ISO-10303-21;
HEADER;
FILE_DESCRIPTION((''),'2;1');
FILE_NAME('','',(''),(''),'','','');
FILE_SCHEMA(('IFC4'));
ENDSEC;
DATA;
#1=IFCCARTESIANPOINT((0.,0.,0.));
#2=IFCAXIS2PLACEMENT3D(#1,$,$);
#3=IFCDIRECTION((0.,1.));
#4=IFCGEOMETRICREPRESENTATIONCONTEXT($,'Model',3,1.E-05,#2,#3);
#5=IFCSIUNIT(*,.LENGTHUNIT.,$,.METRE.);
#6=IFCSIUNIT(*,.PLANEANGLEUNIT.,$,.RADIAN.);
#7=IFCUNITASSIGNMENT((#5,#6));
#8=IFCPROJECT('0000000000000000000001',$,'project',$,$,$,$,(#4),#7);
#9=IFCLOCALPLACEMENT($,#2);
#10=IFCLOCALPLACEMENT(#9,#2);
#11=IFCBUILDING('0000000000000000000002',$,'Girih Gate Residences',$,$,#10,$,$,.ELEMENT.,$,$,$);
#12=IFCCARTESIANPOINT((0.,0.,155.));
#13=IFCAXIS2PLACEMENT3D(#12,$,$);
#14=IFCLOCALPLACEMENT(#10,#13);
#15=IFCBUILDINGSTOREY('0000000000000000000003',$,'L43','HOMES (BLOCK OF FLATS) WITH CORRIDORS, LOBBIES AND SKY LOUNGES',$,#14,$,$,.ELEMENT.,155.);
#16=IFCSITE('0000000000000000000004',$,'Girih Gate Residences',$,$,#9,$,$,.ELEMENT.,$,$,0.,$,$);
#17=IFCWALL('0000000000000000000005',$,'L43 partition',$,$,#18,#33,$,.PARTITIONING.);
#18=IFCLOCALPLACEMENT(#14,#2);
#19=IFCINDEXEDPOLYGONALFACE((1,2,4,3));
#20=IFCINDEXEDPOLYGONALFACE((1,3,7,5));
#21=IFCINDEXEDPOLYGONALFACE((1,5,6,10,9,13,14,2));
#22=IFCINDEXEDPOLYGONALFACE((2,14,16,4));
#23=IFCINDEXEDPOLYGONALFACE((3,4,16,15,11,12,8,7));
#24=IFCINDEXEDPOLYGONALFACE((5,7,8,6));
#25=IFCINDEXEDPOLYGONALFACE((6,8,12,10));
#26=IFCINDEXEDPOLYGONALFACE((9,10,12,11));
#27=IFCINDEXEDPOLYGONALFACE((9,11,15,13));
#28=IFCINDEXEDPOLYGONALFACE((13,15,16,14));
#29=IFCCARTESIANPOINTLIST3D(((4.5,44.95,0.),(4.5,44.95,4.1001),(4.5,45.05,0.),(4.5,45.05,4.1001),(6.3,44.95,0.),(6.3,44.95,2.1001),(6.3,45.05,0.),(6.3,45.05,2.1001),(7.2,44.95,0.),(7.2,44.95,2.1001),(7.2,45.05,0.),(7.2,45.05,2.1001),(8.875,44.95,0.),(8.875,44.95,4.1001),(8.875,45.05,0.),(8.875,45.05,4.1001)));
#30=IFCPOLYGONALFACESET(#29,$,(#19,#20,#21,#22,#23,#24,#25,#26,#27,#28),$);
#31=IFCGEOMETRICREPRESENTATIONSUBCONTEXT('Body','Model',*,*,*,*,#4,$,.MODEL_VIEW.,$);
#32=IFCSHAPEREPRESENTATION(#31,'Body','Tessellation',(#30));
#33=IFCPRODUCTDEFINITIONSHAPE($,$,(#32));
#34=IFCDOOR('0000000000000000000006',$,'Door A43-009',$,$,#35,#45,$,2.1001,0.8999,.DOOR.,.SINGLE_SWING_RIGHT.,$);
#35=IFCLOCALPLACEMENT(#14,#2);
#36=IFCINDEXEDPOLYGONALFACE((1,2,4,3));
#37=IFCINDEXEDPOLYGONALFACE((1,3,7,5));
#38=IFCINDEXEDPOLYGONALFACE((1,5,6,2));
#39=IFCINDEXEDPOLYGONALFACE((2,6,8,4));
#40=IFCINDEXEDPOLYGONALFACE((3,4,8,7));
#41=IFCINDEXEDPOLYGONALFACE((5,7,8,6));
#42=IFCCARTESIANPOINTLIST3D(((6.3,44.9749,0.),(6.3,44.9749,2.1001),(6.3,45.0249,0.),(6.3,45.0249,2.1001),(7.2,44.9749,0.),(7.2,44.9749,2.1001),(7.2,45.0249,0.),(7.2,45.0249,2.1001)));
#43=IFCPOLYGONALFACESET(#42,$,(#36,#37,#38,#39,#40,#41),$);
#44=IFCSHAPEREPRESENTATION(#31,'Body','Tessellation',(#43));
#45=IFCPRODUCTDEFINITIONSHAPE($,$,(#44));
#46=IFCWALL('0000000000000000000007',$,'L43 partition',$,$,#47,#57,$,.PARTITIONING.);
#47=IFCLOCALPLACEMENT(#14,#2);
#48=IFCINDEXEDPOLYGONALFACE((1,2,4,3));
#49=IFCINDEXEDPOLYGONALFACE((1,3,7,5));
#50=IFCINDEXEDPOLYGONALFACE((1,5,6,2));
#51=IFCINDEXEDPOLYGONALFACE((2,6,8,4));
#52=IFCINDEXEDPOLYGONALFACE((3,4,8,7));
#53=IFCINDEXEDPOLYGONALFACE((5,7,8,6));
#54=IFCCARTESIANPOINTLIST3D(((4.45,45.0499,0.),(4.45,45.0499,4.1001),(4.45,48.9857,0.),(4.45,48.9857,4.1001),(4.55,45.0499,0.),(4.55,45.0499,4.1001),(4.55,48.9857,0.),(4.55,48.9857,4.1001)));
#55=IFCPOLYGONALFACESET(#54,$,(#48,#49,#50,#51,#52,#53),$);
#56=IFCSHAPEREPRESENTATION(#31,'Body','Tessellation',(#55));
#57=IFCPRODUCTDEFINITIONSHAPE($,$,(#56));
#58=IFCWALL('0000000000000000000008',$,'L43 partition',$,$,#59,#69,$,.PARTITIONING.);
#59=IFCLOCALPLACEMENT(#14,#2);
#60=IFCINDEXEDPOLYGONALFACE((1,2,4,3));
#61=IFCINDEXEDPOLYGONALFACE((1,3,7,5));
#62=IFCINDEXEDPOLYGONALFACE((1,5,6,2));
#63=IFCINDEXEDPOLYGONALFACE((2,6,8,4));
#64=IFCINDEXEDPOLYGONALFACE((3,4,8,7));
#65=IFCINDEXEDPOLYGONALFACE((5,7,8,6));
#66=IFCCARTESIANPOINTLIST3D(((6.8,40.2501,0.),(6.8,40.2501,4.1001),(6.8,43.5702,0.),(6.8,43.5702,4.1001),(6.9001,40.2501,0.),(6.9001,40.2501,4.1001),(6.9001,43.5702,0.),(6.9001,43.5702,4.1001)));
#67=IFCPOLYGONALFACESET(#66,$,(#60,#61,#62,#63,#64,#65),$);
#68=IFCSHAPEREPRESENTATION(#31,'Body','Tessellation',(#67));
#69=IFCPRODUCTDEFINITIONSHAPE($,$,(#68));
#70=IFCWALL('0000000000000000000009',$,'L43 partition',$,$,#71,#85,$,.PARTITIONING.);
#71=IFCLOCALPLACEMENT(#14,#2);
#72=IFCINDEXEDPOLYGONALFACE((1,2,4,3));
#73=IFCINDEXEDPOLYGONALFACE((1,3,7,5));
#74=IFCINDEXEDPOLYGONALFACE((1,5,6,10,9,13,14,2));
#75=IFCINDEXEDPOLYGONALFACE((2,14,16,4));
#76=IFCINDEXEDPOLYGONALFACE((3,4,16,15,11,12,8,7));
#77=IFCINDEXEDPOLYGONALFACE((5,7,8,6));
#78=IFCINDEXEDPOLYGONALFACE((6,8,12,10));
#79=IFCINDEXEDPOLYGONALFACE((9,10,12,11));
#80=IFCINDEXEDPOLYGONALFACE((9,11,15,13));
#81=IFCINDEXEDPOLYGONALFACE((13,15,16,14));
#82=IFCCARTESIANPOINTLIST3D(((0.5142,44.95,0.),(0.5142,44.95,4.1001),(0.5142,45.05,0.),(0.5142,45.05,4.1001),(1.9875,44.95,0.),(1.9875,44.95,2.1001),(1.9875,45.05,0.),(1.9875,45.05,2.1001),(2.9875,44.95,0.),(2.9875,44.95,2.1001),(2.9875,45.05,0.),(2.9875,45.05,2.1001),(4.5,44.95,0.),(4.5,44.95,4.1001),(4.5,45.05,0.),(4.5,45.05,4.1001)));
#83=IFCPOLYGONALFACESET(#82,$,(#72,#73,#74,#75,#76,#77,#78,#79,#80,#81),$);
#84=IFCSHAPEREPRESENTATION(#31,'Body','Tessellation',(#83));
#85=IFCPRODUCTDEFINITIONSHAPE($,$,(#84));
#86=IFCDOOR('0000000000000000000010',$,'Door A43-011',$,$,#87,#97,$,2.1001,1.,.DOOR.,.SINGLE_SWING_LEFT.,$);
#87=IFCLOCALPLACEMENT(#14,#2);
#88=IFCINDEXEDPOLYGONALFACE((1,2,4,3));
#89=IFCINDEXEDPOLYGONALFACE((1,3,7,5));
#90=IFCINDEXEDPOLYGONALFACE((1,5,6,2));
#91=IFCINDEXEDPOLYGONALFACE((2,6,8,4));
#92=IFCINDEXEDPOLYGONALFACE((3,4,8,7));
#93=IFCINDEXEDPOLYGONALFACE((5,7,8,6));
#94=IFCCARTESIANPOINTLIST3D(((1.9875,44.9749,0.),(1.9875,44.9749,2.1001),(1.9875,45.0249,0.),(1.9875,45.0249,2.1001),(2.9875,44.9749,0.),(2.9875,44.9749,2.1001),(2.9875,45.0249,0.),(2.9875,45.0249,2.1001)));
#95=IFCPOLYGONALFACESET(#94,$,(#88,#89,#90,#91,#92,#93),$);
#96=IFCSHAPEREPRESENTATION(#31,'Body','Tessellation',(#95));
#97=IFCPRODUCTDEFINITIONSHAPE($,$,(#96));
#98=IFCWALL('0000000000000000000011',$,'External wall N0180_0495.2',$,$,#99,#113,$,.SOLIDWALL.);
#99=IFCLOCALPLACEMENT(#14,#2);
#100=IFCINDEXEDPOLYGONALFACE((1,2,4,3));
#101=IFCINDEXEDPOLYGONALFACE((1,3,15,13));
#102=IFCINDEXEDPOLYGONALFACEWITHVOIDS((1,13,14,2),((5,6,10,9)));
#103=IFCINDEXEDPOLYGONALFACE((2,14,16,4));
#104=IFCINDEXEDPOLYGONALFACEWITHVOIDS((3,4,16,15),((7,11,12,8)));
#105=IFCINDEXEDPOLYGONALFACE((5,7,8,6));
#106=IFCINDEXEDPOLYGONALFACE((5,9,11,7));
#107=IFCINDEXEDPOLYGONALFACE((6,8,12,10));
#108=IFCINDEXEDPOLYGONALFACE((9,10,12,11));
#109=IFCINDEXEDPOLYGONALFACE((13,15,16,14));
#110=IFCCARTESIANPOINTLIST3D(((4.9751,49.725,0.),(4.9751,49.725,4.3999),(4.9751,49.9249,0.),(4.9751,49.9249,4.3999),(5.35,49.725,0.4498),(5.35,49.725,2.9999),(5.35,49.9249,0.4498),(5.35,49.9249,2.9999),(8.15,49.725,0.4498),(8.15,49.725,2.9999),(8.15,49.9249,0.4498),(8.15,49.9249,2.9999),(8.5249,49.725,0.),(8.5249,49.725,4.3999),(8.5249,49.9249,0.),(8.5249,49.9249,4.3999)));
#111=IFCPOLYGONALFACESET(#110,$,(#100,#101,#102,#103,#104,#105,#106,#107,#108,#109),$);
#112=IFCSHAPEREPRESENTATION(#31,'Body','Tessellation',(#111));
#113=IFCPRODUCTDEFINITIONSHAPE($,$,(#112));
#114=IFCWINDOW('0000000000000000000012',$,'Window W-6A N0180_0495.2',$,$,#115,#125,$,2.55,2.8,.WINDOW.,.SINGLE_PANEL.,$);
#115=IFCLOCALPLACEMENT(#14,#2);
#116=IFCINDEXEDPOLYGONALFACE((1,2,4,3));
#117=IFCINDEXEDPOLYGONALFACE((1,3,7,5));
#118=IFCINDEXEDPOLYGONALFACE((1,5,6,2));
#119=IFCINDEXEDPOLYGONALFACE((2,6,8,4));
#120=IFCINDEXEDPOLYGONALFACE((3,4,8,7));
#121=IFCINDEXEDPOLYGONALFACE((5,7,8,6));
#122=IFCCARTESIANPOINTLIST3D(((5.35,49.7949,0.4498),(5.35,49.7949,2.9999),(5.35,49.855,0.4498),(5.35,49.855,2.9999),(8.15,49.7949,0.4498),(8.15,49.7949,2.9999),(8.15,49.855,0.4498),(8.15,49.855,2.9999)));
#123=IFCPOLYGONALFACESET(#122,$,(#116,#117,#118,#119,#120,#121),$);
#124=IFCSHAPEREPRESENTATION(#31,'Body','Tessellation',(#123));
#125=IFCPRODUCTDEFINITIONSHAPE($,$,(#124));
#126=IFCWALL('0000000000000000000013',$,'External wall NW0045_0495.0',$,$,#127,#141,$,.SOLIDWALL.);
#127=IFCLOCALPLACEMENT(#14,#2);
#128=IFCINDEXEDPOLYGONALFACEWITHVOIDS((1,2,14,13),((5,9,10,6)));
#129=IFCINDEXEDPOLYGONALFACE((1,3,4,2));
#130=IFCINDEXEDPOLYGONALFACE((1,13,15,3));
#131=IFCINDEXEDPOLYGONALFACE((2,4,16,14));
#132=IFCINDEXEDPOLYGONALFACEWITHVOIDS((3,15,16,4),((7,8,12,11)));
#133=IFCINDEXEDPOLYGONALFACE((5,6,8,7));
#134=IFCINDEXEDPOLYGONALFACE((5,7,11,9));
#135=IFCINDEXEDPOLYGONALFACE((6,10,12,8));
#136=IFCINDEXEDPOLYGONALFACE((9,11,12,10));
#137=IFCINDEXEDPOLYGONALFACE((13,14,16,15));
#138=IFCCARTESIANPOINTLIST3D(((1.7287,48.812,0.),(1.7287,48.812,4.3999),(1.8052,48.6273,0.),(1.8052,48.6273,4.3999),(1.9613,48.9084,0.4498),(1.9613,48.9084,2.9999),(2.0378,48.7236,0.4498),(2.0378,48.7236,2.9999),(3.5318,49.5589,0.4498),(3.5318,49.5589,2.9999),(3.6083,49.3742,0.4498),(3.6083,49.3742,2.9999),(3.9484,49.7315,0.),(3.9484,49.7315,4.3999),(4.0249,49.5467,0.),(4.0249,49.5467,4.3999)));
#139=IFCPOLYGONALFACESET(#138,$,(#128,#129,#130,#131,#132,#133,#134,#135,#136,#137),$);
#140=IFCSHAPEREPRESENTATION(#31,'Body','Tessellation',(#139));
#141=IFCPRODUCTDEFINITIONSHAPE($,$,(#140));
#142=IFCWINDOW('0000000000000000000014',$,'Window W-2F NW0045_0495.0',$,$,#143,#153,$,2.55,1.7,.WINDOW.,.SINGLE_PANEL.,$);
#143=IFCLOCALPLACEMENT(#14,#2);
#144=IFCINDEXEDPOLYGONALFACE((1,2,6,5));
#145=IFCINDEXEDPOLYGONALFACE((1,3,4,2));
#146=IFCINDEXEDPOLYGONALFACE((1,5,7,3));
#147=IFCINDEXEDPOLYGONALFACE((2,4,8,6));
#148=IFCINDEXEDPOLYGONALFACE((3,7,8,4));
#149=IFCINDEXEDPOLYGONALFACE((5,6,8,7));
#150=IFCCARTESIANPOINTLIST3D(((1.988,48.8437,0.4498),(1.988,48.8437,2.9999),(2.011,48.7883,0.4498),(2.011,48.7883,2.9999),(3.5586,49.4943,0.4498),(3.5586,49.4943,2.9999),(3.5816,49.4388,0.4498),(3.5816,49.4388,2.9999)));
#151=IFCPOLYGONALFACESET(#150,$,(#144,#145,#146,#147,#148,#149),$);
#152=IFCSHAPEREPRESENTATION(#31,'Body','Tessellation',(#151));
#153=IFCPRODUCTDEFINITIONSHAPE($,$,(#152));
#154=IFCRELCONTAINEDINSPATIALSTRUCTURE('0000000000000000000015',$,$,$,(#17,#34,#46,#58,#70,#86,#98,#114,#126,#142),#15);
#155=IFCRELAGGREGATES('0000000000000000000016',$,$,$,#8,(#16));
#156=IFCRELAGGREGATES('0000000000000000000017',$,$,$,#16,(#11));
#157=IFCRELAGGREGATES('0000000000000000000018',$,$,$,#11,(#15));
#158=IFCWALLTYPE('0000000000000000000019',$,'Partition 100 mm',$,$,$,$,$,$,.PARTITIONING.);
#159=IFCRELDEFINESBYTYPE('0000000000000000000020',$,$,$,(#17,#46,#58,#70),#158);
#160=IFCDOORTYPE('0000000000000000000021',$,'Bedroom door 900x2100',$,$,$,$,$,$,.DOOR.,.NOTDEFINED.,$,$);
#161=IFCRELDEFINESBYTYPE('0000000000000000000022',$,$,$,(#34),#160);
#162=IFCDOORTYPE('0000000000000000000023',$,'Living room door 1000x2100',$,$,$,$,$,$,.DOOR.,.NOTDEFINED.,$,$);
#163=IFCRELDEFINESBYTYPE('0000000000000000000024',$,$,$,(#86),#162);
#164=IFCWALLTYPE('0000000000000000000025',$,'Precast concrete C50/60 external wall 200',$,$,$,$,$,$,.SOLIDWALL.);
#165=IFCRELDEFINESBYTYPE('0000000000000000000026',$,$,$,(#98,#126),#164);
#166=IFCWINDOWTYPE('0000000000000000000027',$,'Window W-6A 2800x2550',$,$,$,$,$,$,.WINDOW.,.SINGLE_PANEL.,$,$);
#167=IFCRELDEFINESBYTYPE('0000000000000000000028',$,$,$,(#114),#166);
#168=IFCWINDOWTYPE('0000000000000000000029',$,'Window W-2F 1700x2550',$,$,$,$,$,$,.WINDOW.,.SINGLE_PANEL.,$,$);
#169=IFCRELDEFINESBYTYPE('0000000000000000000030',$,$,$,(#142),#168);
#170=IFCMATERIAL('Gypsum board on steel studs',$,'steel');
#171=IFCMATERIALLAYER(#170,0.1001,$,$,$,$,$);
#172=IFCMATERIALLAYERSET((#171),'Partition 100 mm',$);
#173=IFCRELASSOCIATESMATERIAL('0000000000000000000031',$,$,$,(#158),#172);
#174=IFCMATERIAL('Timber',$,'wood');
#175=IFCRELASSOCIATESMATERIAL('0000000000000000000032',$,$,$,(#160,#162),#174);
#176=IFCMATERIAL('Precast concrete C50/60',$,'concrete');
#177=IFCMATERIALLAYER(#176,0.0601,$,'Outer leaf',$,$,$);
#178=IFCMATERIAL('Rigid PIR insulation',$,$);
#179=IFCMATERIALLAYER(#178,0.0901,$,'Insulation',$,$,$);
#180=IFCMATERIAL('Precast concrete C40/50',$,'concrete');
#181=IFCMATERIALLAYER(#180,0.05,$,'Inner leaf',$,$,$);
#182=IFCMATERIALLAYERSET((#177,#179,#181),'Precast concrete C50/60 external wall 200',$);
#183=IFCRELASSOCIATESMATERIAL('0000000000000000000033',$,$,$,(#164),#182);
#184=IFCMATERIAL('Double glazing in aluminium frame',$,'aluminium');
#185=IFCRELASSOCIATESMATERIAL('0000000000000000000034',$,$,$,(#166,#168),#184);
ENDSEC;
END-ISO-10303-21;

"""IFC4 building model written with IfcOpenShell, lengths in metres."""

from ifc_helpers import new_model, si_unit, direction, frame, frame_2d, origin, place, context, subcontext, project, spatial, rectangle, extrude, material, layer, layer_set, type_object, element, fill, save


model = new_model("IFC4")

# Units and contexts
model_context = context("Model", 3, precision=1e-05, world=origin(), true_north=direction((0.0, 1.0)))
body_context = subcontext(model_context, "Body", "Model", "MODEL_VIEW")
ifc_project = project(units=[si_unit("LENGTHUNIT", "METRE"), si_unit("PLANEANGLEUNIT", "RADIAN")], contexts=[model_context])

# Site, building, storey
site_placement = place(None, origin())
site = spatial("IfcSite", under=ifc_project, at=site_placement, Name="Girih Gate Residences", CompositionType="ELEMENT", RefElevation=0.0)
building_placement = place(site_placement, origin())
building = spatial("IfcBuilding", under=site, at=building_placement, Name="Girih Gate Residences", CompositionType="ELEMENT")
storey_placement = place(building_placement, frame((0.0, 0.0, 155.0)))
storey = spatial("IfcBuildingStorey", under=building, at=storey_placement, Name="L43", Description="HOMES (BLOCK OF FLATS) WITH CORRIDORS, LOBBIES AND SKY LOUNGES", CompositionType="ELEMENT", Elevation=155.0)

# Shared definitions
ifc_material_1 = material(Name="Gypsum board on steel studs", Category="steel")

# Wall, opening, door
ifc_layer_1 = layer(ifc_material_1, 0.1001)
ifc_layer_set_1 = layer_set([ifc_layer_1], Name="Partition 100 mm")
wall_type_1 = type_object("IfcWallType", Name="Partition 100 mm", PredefinedType="PARTITIONING", material=ifc_layer_set_1)
wall_1_placement = place(storey_placement, frame((4.5, 45.0, 0.0), z_axis=(0.0, 0.0, 1.0), x_axis=(1.0, 0.0, 0.0)))
wall_1 = element("IfcWall", 1, at=wall_1_placement, inside=storey, type_object=wall_type_1, Name="L43 partition", PredefinedType="PARTITIONING", context=body_context, shape_type="SweptSolid", body=[
    extrude(rectangle(XDim=4.375, YDim=0.1001, at=frame_2d((2.1875, 0.0))), origin(), (0.0, 0.0, 1.0), 4.1001),
])
opening_1_placement = place(wall_1_placement, frame((1.8, 0.0, 0.0)))
opening_1 = element("IfcOpeningElement", 2, at=opening_1_placement, cuts=wall_1, PredefinedType="OPENING", context=body_context, shape_type="SweptSolid", body=[
    extrude(rectangle(XDim=0.8999, YDim=2.1001, at=frame_2d((0.45, 1.05))), frame((0.0, 0.0601, 0.0), z_axis=(0.0, -1.0, 0.0), x_axis=(1.0, 0.0, 0.0)), (0.0, 0.0, 1.0), 0.1201),
])
ifc_material_2 = material(Name="Timber", Category="wood")
door_type_1 = type_object("IfcDoorType", Name="Bedroom door 900x2100", OperationType="NOTDEFINED", PredefinedType="DOOR", material=ifc_material_2)
door_1_placement = place(opening_1_placement, origin())
door_1 = element("IfcDoor", 3, at=door_1_placement, inside=storey, type_object=door_type_1, Name="Door A43-009", OperationType="SINGLE_SWING_RIGHT", OverallHeight=2.1001, OverallWidth=0.8999, PredefinedType="DOOR", context=body_context, shape_type="SweptSolid", body=[
    extrude(rectangle(XDim=0.8999, YDim=2.1001, at=frame_2d((0.45, 1.05))), frame((0.0, 0.0249, 0.0), z_axis=(0.0, -1.0, 0.0), x_axis=(1.0, 0.0, 0.0)), (0.0, 0.0, 1.0), 0.05),
])
fill(opening_1, door_1)

# Walls
wall_2_placement = place(storey_placement, frame((4.5, 45.05, 0.0), z_axis=(0.0, 0.0, 1.0), x_axis=(0.0, 1.0, 0.0)))
element("IfcWall", 4, at=wall_2_placement, inside=storey, type_object=wall_type_1, Name="L43 partition", PredefinedType="PARTITIONING", context=body_context, shape_type="SweptSolid", body=[
    extrude(rectangle(XDim=3.9358, YDim=0.1001, at=frame_2d((1.9678, 0.0))), origin(), (0.0, 0.0, 1.0), 4.1001),
])
wall_3_placement = place(storey_placement, frame((6.8501, 40.25, 0.0), z_axis=(0.0, 0.0, 1.0), x_axis=(0.0, 1.0, 0.0)))
element("IfcWall", 5, at=wall_3_placement, inside=storey, type_object=wall_type_1, Name="L43 partition", PredefinedType="PARTITIONING", context=body_context, shape_type="SweptSolid", body=[
    extrude(rectangle(XDim=3.3201, YDim=0.1001, at=frame_2d((1.6602, 0.0))), origin(), (0.0, 0.0, 1.0), 4.1001),
])

# Wall, opening, door
wall_4_placement = place(storey_placement, frame((0.5142, 45.0, 0.0), z_axis=(0.0, 0.0, 1.0), x_axis=(1.0, 0.0, 0.0)))
wall_4 = element("IfcWall", 6, at=wall_4_placement, inside=storey, type_object=wall_type_1, Name="L43 partition", PredefinedType="PARTITIONING", context=body_context, shape_type="SweptSolid", body=[
    extrude(rectangle(XDim=3.9858, YDim=0.1001, at=frame_2d((1.9929, 0.0))), origin(), (0.0, 0.0, 1.0), 4.1001),
])
opening_2_placement = place(wall_4_placement, frame((1.4734, 0.0, 0.0)))
opening_2 = element("IfcOpeningElement", 7, at=opening_2_placement, cuts=wall_4, PredefinedType="OPENING", context=body_context, shape_type="SweptSolid", body=[
    extrude(rectangle(XDim=1.0, YDim=2.1001, at=frame_2d((0.5, 1.05))), frame((0.0, 0.0601, 0.0), z_axis=(0.0, -1.0, 0.0), x_axis=(1.0, 0.0, 0.0)), (0.0, 0.0, 1.0), 0.1201),
])
door_type_2 = type_object("IfcDoorType", Name="Living room door 1000x2100", OperationType="NOTDEFINED", PredefinedType="DOOR", material=ifc_material_2)
door_2_placement = place(opening_2_placement, origin())
door_2 = element("IfcDoor", 8, at=door_2_placement, inside=storey, type_object=door_type_2, Name="Door A43-011", OperationType="SINGLE_SWING_LEFT", OverallHeight=2.1001, OverallWidth=1.0, PredefinedType="DOOR", context=body_context, shape_type="SweptSolid", body=[
    extrude(rectangle(XDim=1.0, YDim=2.1001, at=frame_2d((0.5, 1.05))), frame((0.0, 0.0249, 0.0), z_axis=(0.0, -1.0, 0.0), x_axis=(1.0, 0.0, 0.0)), (0.0, 0.0, 1.0), 0.05),
])
fill(opening_2, door_2)

# Walls, openings, windows
ifc_material_3 = material(Name="Precast concrete C50/60", Category="concrete")
ifc_layer_2 = layer(ifc_material_3, 0.0601, Name="Outer leaf")
ifc_material_4 = material(Name="Rigid PIR insulation")
ifc_layer_3 = layer(ifc_material_4, 0.0901, Name="Insulation")
ifc_material_5 = material(Name="Precast concrete C40/50", Category="concrete")
ifc_layer_4 = layer(ifc_material_5, 0.05, Name="Inner leaf")
ifc_layer_set_2 = layer_set([ifc_layer_2, ifc_layer_3, ifc_layer_4], Name="Precast concrete C50/60 external wall 200")
wall_type_2 = type_object("IfcWallType", Name="Precast concrete C50/60 external wall 200", PredefinedType="SOLIDWALL", material=ifc_layer_set_2)
wall_5_placement = place(storey_placement, frame((4.9751, 49.825, 0.0), z_axis=(0.0, 0.0, 1.0), x_axis=(1.0, 0.0, 0.0)))
wall_5 = element("IfcWall", 9, at=wall_5_placement, inside=storey, type_object=wall_type_2, Name="External wall N0180_0495.2", PredefinedType="SOLIDWALL", context=body_context, shape_type="SweptSolid", body=[
    extrude(rectangle(XDim=3.5498, YDim=0.2, at=frame_2d((1.7749, 0.0))), origin(), (0.0, 0.0, 1.0), 4.3999),
])
opening_3_placement = place(wall_5_placement, frame((0.375, 0.0, 0.45)))
opening_3 = element("IfcOpeningElement", 10, at=opening_3_placement, cuts=wall_5, PredefinedType="OPENING", context=body_context, shape_type="SweptSolid", body=[
    extrude(rectangle(XDim=2.8, YDim=2.55, at=frame_2d((1.3999, 1.2749))), frame((0.0, 0.1099, 0.0), z_axis=(0.0, -1.0, 0.0), x_axis=(1.0, 0.0, 0.0)), (0.0, 0.0, 1.0), 0.22),
])
ifc_material_6 = material(Name="Double glazing in aluminium frame", Category="aluminium")
window_type_1 = type_object("IfcWindowType", Name="Window W-6A 2800x2550", PartitioningType="SINGLE_PANEL", PredefinedType="WINDOW", material=ifc_material_6)
window_1_placement = place(opening_3_placement, origin())
window_1 = element("IfcWindow", 11, at=window_1_placement, inside=storey, type_object=window_type_1, Name="Window W-6A N0180_0495.2", OverallHeight=2.55, OverallWidth=2.8, PartitioningType="SINGLE_PANEL", PredefinedType="WINDOW", context=body_context, shape_type="SweptSolid", body=[
    extrude(rectangle(XDim=2.8, YDim=2.55, at=frame_2d((1.3999, 1.2749))), frame((0.0, 0.03, 0.0), z_axis=(0.0, -1.0, 0.0), x_axis=(1.0, 0.0, 0.0)), (0.0, 0.0, 1.0), 0.0601),
])
fill(opening_3, window_1)
wall_6_placement = place(storey_placement, frame((1.7671, 48.7197, 0.0), z_axis=(0.0, 0.0, 1.0), x_axis=(0.923881, 0.382681, 0.0)))
wall_6 = element("IfcWall", 12, at=wall_6_placement, inside=storey, type_object=wall_type_2, Name="External wall NW0045_0495.0", PredefinedType="SOLIDWALL", context=body_context, shape_type="SweptSolid", body=[
    extrude(rectangle(XDim=2.4026, YDim=0.2, at=frame_2d((1.2012, 0.0))), origin(), (0.0, 0.0, 1.0), 4.3999),
])
opening_4_placement = place(wall_6_placement, frame((0.2515, 0.0, 0.45)))
opening_4 = element("IfcOpeningElement", 13, at=opening_4_placement, cuts=wall_6, PredefinedType="OPENING", context=body_context, shape_type="SweptSolid", body=[
    extrude(rectangle(XDim=1.7, YDim=2.55, at=frame_2d((0.8501, 1.2749))), frame((0.0, 0.1099, 0.0), z_axis=(0.0, -1.0, 0.0), x_axis=(1.0, 0.0, 0.0)), (0.0, 0.0, 1.0), 0.22),
])
window_type_2 = type_object("IfcWindowType", Name="Window W-2F 1700x2550", PartitioningType="SINGLE_PANEL", PredefinedType="WINDOW", material=ifc_material_6)
window_2_placement = place(opening_4_placement, origin())
window_2 = element("IfcWindow", 14, at=window_2_placement, inside=storey, type_object=window_type_2, Name="Window W-2F NW0045_0495.0", OverallHeight=2.55, OverallWidth=1.7, PartitioningType="SINGLE_PANEL", PredefinedType="WINDOW", context=body_context, shape_type="SweptSolid", body=[
    extrude(rectangle(XDim=1.7, YDim=2.55, at=frame_2d((0.8501, 1.2749))), frame((0.0, 0.03, 0.0), z_axis=(0.0, -1.0, 0.0), x_axis=(1.0, 0.0, 0.0)), (0.0, 0.0, 1.0), 0.0601),
])
fill(opening_4, window_2)

save(model, "model.ifc")
